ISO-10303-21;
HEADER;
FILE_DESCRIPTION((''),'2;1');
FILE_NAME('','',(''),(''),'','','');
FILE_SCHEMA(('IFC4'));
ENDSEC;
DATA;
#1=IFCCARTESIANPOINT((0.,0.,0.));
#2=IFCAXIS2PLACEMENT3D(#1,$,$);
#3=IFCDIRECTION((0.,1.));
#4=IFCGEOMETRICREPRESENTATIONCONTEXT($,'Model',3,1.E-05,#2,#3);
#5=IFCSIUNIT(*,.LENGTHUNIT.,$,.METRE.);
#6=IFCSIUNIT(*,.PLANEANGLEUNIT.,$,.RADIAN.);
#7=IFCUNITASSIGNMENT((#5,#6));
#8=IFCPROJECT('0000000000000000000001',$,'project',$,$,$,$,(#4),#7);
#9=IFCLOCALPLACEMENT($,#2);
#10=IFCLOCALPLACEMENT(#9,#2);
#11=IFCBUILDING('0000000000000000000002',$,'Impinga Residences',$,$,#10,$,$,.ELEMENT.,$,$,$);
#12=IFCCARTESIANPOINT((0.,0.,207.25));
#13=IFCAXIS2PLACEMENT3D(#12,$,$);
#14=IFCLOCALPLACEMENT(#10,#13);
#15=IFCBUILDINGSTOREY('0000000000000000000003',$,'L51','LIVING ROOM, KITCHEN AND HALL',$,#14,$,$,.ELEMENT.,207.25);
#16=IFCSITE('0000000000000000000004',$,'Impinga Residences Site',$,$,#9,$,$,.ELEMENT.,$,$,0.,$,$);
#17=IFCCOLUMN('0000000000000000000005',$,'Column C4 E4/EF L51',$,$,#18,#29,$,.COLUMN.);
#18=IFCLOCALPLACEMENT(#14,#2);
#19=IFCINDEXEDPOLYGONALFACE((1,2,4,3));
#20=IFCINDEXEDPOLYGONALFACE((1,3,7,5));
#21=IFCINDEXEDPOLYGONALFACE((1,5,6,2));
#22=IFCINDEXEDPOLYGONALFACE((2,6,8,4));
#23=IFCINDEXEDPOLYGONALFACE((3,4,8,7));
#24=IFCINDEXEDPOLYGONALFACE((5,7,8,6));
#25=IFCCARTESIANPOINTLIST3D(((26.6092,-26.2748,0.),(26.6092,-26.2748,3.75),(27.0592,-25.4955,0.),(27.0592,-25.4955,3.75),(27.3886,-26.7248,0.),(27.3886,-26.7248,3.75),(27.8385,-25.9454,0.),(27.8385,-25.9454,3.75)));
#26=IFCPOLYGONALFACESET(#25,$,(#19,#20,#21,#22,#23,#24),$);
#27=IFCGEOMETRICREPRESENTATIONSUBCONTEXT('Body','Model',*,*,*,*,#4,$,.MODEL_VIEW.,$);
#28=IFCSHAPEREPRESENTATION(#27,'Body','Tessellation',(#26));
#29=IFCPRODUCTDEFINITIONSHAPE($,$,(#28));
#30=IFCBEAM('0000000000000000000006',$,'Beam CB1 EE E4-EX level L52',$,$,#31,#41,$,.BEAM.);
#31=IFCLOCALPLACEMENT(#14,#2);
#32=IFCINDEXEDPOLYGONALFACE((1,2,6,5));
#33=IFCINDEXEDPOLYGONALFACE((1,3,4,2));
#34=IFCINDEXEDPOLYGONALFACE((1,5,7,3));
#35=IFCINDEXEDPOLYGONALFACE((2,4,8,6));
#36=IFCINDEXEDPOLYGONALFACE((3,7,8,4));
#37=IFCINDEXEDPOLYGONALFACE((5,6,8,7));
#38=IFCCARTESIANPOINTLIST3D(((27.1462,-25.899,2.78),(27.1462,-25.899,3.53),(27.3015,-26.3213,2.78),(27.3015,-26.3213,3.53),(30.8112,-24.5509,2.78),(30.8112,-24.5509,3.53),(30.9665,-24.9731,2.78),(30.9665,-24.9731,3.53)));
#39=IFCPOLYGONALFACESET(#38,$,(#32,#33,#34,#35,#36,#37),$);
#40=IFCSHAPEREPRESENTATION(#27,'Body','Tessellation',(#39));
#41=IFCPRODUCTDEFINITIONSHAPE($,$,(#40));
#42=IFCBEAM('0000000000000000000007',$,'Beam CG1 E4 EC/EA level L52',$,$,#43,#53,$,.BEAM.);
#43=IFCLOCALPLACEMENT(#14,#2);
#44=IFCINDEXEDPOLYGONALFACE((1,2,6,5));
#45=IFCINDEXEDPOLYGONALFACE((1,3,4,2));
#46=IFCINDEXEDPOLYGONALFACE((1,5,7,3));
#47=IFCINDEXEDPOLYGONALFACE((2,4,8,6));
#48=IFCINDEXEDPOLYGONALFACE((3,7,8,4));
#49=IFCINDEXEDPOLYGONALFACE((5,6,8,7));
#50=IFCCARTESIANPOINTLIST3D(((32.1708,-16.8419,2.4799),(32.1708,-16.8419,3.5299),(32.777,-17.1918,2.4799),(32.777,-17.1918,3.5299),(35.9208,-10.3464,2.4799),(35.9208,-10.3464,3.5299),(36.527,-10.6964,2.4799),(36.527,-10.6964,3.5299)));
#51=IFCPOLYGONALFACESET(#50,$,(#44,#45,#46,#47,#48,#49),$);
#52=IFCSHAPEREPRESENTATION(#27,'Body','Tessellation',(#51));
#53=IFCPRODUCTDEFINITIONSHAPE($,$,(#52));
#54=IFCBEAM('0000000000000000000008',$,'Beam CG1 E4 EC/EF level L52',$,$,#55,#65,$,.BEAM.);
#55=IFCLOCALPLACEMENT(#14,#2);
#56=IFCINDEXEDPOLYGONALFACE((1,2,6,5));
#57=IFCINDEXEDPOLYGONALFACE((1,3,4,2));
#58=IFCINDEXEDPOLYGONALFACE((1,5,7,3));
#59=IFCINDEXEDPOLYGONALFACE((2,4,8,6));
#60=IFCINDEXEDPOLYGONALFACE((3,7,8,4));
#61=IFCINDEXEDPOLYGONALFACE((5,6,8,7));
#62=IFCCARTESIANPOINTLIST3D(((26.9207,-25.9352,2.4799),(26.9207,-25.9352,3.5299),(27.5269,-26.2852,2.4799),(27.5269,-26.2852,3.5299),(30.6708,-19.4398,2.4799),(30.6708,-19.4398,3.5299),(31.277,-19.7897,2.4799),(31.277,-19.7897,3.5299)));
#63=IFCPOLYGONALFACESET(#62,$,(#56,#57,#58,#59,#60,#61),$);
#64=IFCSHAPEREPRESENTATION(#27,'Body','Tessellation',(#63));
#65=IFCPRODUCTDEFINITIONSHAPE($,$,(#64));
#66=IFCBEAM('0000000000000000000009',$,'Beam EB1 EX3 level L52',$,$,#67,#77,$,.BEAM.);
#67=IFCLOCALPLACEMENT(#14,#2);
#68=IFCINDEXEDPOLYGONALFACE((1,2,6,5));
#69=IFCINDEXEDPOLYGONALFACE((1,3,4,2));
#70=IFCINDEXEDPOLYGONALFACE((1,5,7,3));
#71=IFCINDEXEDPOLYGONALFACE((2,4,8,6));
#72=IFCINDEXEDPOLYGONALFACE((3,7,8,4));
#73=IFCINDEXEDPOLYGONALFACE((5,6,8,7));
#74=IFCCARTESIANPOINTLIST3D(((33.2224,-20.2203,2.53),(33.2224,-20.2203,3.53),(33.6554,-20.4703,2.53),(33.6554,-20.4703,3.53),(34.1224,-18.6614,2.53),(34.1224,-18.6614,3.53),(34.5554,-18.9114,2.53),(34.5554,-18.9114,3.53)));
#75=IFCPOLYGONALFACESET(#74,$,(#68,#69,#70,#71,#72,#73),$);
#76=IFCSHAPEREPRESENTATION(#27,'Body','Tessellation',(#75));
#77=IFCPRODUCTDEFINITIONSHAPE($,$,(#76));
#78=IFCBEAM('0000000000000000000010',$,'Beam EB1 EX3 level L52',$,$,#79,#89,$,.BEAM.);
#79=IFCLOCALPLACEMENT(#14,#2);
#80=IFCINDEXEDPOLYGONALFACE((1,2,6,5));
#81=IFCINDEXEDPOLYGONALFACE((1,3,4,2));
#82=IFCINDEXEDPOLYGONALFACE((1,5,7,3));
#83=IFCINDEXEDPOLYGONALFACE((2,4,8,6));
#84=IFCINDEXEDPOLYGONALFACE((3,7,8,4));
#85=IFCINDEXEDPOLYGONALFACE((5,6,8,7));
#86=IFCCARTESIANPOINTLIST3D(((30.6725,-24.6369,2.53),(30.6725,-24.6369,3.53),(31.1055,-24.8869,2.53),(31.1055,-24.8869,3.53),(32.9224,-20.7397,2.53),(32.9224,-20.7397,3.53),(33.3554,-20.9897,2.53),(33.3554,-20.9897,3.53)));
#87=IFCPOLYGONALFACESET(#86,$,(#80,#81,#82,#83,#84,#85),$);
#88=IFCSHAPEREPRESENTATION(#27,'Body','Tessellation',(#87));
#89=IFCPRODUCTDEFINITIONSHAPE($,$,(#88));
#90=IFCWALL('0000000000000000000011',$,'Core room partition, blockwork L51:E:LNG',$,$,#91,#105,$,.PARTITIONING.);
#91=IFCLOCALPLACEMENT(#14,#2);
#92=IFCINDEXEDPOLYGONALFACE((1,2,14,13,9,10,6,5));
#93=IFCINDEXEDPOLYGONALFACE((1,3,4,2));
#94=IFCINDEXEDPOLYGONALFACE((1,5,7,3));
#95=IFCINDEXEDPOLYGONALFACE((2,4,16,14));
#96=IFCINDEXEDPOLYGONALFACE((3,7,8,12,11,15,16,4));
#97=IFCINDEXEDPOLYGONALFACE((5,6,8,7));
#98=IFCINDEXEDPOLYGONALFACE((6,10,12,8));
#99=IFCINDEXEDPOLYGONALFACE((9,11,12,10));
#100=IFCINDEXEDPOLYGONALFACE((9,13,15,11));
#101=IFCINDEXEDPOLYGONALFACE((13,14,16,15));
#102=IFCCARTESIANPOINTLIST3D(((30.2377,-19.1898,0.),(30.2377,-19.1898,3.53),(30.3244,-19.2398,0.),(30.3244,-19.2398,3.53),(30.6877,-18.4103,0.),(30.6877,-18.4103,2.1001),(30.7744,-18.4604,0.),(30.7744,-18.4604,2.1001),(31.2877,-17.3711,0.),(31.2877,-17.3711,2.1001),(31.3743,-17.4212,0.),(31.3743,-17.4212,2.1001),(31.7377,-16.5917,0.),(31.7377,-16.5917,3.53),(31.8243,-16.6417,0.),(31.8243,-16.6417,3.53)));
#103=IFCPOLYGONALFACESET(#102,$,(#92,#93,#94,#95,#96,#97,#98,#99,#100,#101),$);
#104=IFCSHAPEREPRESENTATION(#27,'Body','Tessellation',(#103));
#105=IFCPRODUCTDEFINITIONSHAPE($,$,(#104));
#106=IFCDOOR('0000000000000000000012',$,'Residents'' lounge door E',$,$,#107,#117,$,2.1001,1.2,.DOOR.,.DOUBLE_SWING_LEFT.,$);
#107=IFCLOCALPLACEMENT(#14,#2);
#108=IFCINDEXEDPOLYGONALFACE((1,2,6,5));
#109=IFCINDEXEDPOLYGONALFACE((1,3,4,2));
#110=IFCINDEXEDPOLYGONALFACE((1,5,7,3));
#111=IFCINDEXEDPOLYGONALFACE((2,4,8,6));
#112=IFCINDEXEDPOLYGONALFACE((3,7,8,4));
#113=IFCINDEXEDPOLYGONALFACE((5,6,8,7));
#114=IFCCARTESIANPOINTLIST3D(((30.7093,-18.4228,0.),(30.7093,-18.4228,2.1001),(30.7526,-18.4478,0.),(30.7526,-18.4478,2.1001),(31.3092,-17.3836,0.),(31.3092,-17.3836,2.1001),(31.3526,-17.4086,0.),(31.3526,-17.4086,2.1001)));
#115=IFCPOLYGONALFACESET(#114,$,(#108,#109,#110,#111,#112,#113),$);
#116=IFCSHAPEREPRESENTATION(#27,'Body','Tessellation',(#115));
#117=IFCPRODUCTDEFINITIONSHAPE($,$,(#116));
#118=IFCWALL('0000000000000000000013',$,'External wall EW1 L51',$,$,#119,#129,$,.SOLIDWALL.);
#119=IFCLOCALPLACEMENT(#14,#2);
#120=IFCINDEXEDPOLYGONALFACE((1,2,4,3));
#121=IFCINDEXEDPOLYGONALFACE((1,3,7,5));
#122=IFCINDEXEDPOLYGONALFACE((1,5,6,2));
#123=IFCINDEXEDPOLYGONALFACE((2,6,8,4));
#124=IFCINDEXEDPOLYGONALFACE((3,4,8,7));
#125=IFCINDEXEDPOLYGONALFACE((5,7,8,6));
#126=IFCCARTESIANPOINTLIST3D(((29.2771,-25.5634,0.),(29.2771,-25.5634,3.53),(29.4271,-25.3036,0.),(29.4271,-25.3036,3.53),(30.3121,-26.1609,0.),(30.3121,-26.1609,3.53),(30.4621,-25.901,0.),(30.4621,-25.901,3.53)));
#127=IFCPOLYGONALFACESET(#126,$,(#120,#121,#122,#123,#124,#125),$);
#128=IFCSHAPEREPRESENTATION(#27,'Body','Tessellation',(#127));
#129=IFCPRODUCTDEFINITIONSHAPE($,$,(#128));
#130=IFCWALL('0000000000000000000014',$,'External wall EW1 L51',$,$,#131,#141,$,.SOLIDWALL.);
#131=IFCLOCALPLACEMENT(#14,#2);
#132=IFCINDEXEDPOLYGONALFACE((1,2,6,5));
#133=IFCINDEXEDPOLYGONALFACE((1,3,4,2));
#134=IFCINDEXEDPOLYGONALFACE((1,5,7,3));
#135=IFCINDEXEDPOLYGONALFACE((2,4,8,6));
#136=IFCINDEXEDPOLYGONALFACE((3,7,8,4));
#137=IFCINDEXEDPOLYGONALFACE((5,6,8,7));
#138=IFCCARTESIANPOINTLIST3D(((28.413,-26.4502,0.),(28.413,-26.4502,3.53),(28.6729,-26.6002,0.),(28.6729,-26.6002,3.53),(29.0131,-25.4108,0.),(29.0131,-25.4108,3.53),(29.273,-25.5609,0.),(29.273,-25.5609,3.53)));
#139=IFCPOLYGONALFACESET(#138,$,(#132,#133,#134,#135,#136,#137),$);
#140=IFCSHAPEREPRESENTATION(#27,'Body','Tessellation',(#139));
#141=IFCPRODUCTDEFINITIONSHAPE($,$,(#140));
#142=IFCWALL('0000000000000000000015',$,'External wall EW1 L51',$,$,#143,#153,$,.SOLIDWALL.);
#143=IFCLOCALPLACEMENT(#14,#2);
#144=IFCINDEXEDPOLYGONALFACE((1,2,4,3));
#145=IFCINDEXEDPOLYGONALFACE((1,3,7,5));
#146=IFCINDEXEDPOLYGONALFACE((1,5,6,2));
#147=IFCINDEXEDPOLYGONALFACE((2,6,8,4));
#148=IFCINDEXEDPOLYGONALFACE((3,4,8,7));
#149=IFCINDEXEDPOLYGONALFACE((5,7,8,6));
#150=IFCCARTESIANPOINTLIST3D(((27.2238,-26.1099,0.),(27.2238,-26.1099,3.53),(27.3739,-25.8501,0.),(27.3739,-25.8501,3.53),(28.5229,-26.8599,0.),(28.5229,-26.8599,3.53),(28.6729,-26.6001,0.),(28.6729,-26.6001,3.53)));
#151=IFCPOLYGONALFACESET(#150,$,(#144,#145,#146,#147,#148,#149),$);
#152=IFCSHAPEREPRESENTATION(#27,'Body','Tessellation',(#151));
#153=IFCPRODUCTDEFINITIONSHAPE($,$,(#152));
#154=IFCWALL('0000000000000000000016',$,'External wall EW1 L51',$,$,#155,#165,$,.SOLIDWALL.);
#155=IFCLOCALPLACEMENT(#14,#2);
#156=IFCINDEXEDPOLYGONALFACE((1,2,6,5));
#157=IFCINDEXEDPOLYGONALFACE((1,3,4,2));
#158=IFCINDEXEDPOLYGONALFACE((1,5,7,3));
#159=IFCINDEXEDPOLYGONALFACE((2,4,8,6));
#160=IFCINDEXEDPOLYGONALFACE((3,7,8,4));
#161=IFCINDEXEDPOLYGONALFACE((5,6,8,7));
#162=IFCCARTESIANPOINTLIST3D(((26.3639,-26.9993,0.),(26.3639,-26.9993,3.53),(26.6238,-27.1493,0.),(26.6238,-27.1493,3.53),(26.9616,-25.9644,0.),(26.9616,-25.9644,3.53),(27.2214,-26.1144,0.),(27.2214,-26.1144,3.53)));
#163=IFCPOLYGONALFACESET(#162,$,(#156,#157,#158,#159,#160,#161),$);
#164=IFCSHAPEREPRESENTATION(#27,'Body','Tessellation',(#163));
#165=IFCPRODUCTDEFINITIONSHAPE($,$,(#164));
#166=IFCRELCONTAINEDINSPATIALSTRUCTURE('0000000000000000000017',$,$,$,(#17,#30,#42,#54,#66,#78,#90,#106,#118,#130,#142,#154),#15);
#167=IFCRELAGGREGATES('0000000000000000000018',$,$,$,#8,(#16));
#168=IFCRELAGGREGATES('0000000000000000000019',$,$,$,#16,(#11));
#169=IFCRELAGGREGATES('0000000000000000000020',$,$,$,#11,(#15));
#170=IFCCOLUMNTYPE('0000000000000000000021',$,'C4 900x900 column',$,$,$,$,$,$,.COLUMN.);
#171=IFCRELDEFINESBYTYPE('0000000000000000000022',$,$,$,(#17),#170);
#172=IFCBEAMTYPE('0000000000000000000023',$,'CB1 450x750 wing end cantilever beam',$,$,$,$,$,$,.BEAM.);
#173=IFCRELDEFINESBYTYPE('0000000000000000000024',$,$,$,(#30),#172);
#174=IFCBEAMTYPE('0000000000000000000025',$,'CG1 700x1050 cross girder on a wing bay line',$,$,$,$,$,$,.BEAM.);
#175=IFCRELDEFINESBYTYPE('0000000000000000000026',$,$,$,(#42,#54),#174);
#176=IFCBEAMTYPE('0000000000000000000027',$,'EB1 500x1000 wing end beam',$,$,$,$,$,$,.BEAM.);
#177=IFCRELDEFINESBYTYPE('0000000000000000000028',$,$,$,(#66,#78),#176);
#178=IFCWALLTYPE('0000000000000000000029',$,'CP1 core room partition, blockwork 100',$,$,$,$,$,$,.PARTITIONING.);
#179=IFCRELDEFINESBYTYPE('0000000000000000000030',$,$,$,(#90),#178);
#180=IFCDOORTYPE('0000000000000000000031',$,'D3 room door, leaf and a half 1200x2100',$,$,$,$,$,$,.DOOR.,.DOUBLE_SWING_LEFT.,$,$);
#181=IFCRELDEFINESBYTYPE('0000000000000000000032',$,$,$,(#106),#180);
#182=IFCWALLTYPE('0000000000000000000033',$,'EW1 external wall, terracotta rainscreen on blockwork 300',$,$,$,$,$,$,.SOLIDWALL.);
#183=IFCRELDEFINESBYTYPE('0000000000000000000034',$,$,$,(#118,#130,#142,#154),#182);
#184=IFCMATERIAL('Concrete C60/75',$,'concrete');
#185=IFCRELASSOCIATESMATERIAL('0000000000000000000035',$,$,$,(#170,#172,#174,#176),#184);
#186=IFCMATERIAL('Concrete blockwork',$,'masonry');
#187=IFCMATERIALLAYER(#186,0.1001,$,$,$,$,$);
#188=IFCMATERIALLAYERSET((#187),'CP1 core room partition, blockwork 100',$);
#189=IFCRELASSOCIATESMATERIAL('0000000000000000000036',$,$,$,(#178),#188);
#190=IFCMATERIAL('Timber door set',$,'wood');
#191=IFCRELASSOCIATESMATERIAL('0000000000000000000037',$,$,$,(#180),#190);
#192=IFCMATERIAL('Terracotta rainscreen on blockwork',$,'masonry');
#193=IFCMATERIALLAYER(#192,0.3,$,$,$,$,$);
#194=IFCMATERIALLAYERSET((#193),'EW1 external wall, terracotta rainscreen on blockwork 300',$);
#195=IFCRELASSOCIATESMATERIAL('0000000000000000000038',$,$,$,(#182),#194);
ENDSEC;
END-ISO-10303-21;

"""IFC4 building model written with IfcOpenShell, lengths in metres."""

from ifc_helpers import new_model, si_unit, direction, frame, frame_2d, origin, origin_2d, place, context, subcontext, project, spatial, rectangle, extrude, material, layer, layer_set, material_profile, profile_set, type_object, element, fill, save


model = new_model("IFC4")

# Units and contexts
model_context = context("Model", 3, precision=1e-05, world=origin(), true_north=direction((0.0, 1.0)))
body_context = subcontext(model_context, "Body", "Model", "MODEL_VIEW")
ifc_project = project(units=[si_unit("LENGTHUNIT", "METRE"), si_unit("PLANEANGLEUNIT", "RADIAN")], contexts=[model_context])

# Site, building, storey
site_placement = place(None, origin())
site = spatial("IfcSite", under=ifc_project, at=site_placement, Name="Impinga Residences Site", CompositionType="ELEMENT", RefElevation=0.0)
building_placement = place(site_placement, origin())
building = spatial("IfcBuilding", under=site, at=building_placement, Name="Impinga Residences", CompositionType="ELEMENT")
storey_placement = place(building_placement, frame((0.0, 0.0, 207.25)))
storey = spatial("IfcBuildingStorey", under=building, at=storey_placement, Name="L51", Description="LIVING ROOM, KITCHEN AND HALL", CompositionType="ELEMENT", Elevation=207.25)

# Column
ifc_material_1 = material(Name="Concrete C60/75", Category="concrete")
ifc_material_profile_1 = material_profile(ifc_material_1, rectangle(XDim=0.8999, YDim=0.8999, at=origin_2d()), Name="RC 900x900")
ifc_profile_set_1 = profile_set([ifc_material_profile_1], Name="Concrete C60/75")
column_type = type_object("IfcColumnType", Name="C4 900x900 column", PredefinedType="COLUMN", material=ifc_profile_set_1)
column_placement = place(storey_placement, frame((27.2239, -26.1101, 0.0), z_axis=(0.0, 0.0, 1.0), x_axis=(-0.5, -0.866025, 0.0)))
element("IfcColumn", 1, at=column_placement, inside=storey, type_object=column_type, Name="Column C4 E4/EF L51", PredefinedType="COLUMN", context=body_context, shape_type="SweptSolid", body=[
    extrude(rectangle(XDim=0.8999, YDim=0.8999, at=origin_2d()), origin(), (0.0, 0.0, 1.0), 3.75),
])

# Beams
ifc_material_profile_2 = material_profile(ifc_material_1, rectangle(XDim=0.45, YDim=0.75, at=origin_2d()), Name="RC 450x750")
ifc_profile_set_2 = profile_set([ifc_material_profile_2], Name="Concrete C60/75")
beam_type_1 = type_object("IfcBeamType", Name="CB1 450x750 wing end cantilever beam", PredefinedType="BEAM", material=ifc_profile_set_2)
beam_1_placement = place(storey_placement, frame((27.2239, -26.1101, 3.155), z_axis=(0.93852, 0.345224, 0.0), x_axis=(-0.345224, 0.93852, 0.0)))
element("IfcBeam", 2, at=beam_1_placement, inside=storey, type_object=beam_type_1, Name="Beam CB1 EE E4-EX level L52", PredefinedType="BEAM", context=body_context, shape_type="SweptSolid", body=[
    extrude(rectangle(XDim=0.45, YDim=0.75, at=origin_2d()), origin(), (0.0, 0.0, 1.0), 3.905),
])
ifc_material_profile_3 = material_profile(ifc_material_1, rectangle(XDim=0.7, YDim=1.05, at=origin_2d()), Name="RC 700x1050")
ifc_profile_set_3 = profile_set([ifc_material_profile_3], Name="Concrete C60/75")
beam_type_2 = type_object("IfcBeamType", Name="CG1 700x1050 cross girder on a wing bay line", PredefinedType="BEAM", material=ifc_profile_set_3)
for number, where, z_axis, x_axis, name in (
    (3, (32.4739, -17.0168, 3.0049), (0.49999, 0.866031, 0.0), (-0.866031, 0.49999, 0.0), "Beam CG1 E4 EC/EA level L52"),
    (4, (30.9739, -19.6147, 3.0049), (-0.49999, -0.866031, 0.0), (0.866031, -0.49999, 0.0), "Beam CG1 E4 EC/EF level L52"),
):
    element("IfcBeam", number, at=place(storey_placement, frame(where, z_axis=z_axis, x_axis=x_axis)), inside=storey, type_object=beam_type_2, Name=name, PredefinedType="BEAM", context=body_context, shape_type="SweptSolid", body=[
        extrude(rectangle(XDim=0.7, YDim=1.05, at=origin_2d()), origin(), (0.0, 0.0, 1.0), 7.5002),
    ])
ifc_material_profile_4 = material_profile(ifc_material_1, rectangle(XDim=0.5, YDim=1.0, at=origin_2d()), Name="RC 500x1000")
ifc_profile_set_4 = profile_set([ifc_material_profile_4], Name="Concrete C60/75")
beam_type_3 = type_object("IfcBeamType", Name="EB1 500x1000 wing end beam", PredefinedType="BEAM", material=ifc_profile_set_4)
beam_2_placement = place(storey_placement, frame((34.3389, -18.7864, 3.03), z_axis=(-0.499961, -0.866048, 0.0), x_axis=(0.866048, -0.499961, 0.0)))
element("IfcBeam", 5, at=beam_2_placement, inside=storey, type_object=beam_type_3, Name="Beam EB1 EX3 level L52", PredefinedType="BEAM", context=body_context, shape_type="SweptSolid", body=[
    extrude(rectangle(XDim=0.5, YDim=1.0, at=origin_2d()), origin(), (0.0, 0.0, 1.0), 1.8),
])
beam_3_placement = place(storey_placement, frame((33.1389, -20.8647, 3.03), z_axis=(-0.49999, -0.866031, 0.0), x_axis=(0.866031, -0.49999, 0.0)))
element("IfcBeam", 6, at=beam_3_placement, inside=storey, type_object=beam_type_3, Name="Beam EB1 EX3 level L52", PredefinedType="BEAM", context=body_context, shape_type="SweptSolid", body=[
    extrude(rectangle(XDim=0.5, YDim=1.0, at=origin_2d()), origin(), (0.0, 0.0, 1.0), 4.5),
])

# Wall, opening, door
ifc_material_2 = material(Name="Concrete blockwork", Category="masonry")
ifc_layer_1 = layer(ifc_material_2, 0.1001)
ifc_layer_set_1 = layer_set([ifc_layer_1], Name="CP1 core room partition, blockwork 100")
wall_type_1 = type_object("IfcWallType", Name="CP1 core room partition, blockwork 100", PredefinedType="PARTITIONING", material=ifc_layer_set_1)
wall_1_placement = place(storey_placement, frame((31.781, -16.6167, 0.0), z_axis=(0.0, 0.0, 1.0), x_axis=(-0.49999, -0.866031, 0.0)))
wall_1 = element("IfcWall", 7, at=wall_1_placement, inside=storey, type_object=wall_type_1, Name="Core room partition, blockwork L51:E:LNG", PredefinedType="PARTITIONING", context=body_context, shape_type="SweptSolid", body=[
    extrude(rectangle(XDim=3.0, YDim=0.1001, at=frame_2d((1.5, 0.0))), origin(), (0.0, 0.0, 1.0), 3.53),
])
opening_1_placement = place(wall_1_placement, frame((0.8999, 0.0, 0.0)))
opening_1 = element("IfcOpeningElement", 8, at=opening_1_placement, cuts=wall_1, PredefinedType="OPENING", context=body_context, shape_type="SweptSolid", body=[
    extrude(rectangle(XDim=1.2, YDim=2.1001, at=frame_2d((0.6001, 1.05))), frame((0.0, 0.0601, 0.0), z_axis=(0.0, -1.0, 0.0), x_axis=(1.0, 0.0, 0.0)), (0.0, 0.0, 1.0), 0.1201),
])
ifc_material_3 = material(Name="Timber door set", Category="wood")
door_type_1 = type_object("IfcDoorType", Name="D3 room door, leaf and a half 1200x2100", OperationType="DOUBLE_SWING_LEFT", PredefinedType="DOOR", material=ifc_material_3)
door_1_placement = place(opening_1_placement, origin())
door_1 = element("IfcDoor", 9, at=door_1_placement, inside=storey, type_object=door_type_1, Name="Residents' lounge door E", OperationType="DOUBLE_SWING_LEFT", OverallHeight=2.1001, OverallWidth=1.2, PredefinedType="DOOR", context=body_context, shape_type="SweptSolid", body=[
    extrude(rectangle(XDim=1.2, YDim=2.1001, at=frame_2d((0.6001, 1.05))), frame((0.0, 0.0249, 0.0), z_axis=(0.0, -1.0, 0.0), x_axis=(1.0, 0.0, 0.0)), (0.0, 0.0, 1.0), 0.05),
])
fill(opening_1, door_1)

# Walls
ifc_material_4 = material(Name="Terracotta rainscreen on blockwork", Category="masonry")
ifc_layer_2 = layer(ifc_material_4, 0.3)
ifc_layer_set_2 = layer_set([ifc_layer_2], Name="EW1 external wall, terracotta rainscreen on blockwork 300")
wall_type_2 = type_object("IfcWallType", Name="EW1 external wall, terracotta rainscreen on blockwork 300", PredefinedType="SOLIDWALL", material=ifc_layer_set_2)
wall_2_placement = place(storey_placement, frame((30.3872, -26.031, 0.0), z_axis=(0.0, 0.0, 1.0), x_axis=(-0.86606, 0.499941, 0.0)))
element("IfcWall", 10, at=wall_2_placement, inside=storey, type_object=wall_type_2, Name="External wall EW1 L51", PredefinedType="SOLIDWALL", context=body_context, shape_type="SweptSolid", body=[
    extrude(rectangle(XDim=1.1951, YDim=0.3, at=frame_2d((0.5977, 0.0))), origin(), (0.0, 0.0, 1.0), 3.53),
])
wall_3_placement = place(storey_placement, frame((29.1431, -25.4858, 0.0), z_axis=(0.0, 0.0, 1.0), x_axis=(-0.500034, -0.866006, 0.0)))
element("IfcWall", 11, at=wall_3_placement, inside=storey, type_object=wall_type_2, Name="External wall EW1 L51", PredefinedType="SOLIDWALL", context=body_context, shape_type="SweptSolid", body=[
    extrude(rectangle(XDim=1.2002, YDim=0.3, at=frame_2d((0.6001, 0.0))), origin(), (0.0, 0.0, 1.0), 3.53),
])
wall_4_placement = place(storey_placement, frame((28.5979, -26.73, 0.0), z_axis=(0.0, 0.0, 1.0), x_axis=(-0.866031, 0.49999, 0.0)))
element("IfcWall", 12, at=wall_4_placement, inside=storey, type_object=wall_type_2, Name="External wall EW1 L51", PredefinedType="SOLIDWALL", context=body_context, shape_type="SweptSolid", body=[
    extrude(rectangle(XDim=1.5, YDim=0.3, at=frame_2d((0.75, 0.0))), origin(), (0.0, 0.0, 1.0), 3.53),
])
wall_5_placement = place(storey_placement, frame((27.0916, -26.0393, 0.0), z_axis=(0.0, 0.0, 1.0), x_axis=(-0.500094, -0.865971, 0.0)))
element("IfcWall", 13, at=wall_5_placement, inside=storey, type_object=wall_type_2, Name="External wall EW1 L51", PredefinedType="SOLIDWALL", context=body_context, shape_type="SweptSolid", body=[
    extrude(rectangle(XDim=1.1951, YDim=0.3, at=frame_2d((0.5977, 0.0))), origin(), (0.0, 0.0, 1.0), 3.53),
])

save(model, "model.ifc")
